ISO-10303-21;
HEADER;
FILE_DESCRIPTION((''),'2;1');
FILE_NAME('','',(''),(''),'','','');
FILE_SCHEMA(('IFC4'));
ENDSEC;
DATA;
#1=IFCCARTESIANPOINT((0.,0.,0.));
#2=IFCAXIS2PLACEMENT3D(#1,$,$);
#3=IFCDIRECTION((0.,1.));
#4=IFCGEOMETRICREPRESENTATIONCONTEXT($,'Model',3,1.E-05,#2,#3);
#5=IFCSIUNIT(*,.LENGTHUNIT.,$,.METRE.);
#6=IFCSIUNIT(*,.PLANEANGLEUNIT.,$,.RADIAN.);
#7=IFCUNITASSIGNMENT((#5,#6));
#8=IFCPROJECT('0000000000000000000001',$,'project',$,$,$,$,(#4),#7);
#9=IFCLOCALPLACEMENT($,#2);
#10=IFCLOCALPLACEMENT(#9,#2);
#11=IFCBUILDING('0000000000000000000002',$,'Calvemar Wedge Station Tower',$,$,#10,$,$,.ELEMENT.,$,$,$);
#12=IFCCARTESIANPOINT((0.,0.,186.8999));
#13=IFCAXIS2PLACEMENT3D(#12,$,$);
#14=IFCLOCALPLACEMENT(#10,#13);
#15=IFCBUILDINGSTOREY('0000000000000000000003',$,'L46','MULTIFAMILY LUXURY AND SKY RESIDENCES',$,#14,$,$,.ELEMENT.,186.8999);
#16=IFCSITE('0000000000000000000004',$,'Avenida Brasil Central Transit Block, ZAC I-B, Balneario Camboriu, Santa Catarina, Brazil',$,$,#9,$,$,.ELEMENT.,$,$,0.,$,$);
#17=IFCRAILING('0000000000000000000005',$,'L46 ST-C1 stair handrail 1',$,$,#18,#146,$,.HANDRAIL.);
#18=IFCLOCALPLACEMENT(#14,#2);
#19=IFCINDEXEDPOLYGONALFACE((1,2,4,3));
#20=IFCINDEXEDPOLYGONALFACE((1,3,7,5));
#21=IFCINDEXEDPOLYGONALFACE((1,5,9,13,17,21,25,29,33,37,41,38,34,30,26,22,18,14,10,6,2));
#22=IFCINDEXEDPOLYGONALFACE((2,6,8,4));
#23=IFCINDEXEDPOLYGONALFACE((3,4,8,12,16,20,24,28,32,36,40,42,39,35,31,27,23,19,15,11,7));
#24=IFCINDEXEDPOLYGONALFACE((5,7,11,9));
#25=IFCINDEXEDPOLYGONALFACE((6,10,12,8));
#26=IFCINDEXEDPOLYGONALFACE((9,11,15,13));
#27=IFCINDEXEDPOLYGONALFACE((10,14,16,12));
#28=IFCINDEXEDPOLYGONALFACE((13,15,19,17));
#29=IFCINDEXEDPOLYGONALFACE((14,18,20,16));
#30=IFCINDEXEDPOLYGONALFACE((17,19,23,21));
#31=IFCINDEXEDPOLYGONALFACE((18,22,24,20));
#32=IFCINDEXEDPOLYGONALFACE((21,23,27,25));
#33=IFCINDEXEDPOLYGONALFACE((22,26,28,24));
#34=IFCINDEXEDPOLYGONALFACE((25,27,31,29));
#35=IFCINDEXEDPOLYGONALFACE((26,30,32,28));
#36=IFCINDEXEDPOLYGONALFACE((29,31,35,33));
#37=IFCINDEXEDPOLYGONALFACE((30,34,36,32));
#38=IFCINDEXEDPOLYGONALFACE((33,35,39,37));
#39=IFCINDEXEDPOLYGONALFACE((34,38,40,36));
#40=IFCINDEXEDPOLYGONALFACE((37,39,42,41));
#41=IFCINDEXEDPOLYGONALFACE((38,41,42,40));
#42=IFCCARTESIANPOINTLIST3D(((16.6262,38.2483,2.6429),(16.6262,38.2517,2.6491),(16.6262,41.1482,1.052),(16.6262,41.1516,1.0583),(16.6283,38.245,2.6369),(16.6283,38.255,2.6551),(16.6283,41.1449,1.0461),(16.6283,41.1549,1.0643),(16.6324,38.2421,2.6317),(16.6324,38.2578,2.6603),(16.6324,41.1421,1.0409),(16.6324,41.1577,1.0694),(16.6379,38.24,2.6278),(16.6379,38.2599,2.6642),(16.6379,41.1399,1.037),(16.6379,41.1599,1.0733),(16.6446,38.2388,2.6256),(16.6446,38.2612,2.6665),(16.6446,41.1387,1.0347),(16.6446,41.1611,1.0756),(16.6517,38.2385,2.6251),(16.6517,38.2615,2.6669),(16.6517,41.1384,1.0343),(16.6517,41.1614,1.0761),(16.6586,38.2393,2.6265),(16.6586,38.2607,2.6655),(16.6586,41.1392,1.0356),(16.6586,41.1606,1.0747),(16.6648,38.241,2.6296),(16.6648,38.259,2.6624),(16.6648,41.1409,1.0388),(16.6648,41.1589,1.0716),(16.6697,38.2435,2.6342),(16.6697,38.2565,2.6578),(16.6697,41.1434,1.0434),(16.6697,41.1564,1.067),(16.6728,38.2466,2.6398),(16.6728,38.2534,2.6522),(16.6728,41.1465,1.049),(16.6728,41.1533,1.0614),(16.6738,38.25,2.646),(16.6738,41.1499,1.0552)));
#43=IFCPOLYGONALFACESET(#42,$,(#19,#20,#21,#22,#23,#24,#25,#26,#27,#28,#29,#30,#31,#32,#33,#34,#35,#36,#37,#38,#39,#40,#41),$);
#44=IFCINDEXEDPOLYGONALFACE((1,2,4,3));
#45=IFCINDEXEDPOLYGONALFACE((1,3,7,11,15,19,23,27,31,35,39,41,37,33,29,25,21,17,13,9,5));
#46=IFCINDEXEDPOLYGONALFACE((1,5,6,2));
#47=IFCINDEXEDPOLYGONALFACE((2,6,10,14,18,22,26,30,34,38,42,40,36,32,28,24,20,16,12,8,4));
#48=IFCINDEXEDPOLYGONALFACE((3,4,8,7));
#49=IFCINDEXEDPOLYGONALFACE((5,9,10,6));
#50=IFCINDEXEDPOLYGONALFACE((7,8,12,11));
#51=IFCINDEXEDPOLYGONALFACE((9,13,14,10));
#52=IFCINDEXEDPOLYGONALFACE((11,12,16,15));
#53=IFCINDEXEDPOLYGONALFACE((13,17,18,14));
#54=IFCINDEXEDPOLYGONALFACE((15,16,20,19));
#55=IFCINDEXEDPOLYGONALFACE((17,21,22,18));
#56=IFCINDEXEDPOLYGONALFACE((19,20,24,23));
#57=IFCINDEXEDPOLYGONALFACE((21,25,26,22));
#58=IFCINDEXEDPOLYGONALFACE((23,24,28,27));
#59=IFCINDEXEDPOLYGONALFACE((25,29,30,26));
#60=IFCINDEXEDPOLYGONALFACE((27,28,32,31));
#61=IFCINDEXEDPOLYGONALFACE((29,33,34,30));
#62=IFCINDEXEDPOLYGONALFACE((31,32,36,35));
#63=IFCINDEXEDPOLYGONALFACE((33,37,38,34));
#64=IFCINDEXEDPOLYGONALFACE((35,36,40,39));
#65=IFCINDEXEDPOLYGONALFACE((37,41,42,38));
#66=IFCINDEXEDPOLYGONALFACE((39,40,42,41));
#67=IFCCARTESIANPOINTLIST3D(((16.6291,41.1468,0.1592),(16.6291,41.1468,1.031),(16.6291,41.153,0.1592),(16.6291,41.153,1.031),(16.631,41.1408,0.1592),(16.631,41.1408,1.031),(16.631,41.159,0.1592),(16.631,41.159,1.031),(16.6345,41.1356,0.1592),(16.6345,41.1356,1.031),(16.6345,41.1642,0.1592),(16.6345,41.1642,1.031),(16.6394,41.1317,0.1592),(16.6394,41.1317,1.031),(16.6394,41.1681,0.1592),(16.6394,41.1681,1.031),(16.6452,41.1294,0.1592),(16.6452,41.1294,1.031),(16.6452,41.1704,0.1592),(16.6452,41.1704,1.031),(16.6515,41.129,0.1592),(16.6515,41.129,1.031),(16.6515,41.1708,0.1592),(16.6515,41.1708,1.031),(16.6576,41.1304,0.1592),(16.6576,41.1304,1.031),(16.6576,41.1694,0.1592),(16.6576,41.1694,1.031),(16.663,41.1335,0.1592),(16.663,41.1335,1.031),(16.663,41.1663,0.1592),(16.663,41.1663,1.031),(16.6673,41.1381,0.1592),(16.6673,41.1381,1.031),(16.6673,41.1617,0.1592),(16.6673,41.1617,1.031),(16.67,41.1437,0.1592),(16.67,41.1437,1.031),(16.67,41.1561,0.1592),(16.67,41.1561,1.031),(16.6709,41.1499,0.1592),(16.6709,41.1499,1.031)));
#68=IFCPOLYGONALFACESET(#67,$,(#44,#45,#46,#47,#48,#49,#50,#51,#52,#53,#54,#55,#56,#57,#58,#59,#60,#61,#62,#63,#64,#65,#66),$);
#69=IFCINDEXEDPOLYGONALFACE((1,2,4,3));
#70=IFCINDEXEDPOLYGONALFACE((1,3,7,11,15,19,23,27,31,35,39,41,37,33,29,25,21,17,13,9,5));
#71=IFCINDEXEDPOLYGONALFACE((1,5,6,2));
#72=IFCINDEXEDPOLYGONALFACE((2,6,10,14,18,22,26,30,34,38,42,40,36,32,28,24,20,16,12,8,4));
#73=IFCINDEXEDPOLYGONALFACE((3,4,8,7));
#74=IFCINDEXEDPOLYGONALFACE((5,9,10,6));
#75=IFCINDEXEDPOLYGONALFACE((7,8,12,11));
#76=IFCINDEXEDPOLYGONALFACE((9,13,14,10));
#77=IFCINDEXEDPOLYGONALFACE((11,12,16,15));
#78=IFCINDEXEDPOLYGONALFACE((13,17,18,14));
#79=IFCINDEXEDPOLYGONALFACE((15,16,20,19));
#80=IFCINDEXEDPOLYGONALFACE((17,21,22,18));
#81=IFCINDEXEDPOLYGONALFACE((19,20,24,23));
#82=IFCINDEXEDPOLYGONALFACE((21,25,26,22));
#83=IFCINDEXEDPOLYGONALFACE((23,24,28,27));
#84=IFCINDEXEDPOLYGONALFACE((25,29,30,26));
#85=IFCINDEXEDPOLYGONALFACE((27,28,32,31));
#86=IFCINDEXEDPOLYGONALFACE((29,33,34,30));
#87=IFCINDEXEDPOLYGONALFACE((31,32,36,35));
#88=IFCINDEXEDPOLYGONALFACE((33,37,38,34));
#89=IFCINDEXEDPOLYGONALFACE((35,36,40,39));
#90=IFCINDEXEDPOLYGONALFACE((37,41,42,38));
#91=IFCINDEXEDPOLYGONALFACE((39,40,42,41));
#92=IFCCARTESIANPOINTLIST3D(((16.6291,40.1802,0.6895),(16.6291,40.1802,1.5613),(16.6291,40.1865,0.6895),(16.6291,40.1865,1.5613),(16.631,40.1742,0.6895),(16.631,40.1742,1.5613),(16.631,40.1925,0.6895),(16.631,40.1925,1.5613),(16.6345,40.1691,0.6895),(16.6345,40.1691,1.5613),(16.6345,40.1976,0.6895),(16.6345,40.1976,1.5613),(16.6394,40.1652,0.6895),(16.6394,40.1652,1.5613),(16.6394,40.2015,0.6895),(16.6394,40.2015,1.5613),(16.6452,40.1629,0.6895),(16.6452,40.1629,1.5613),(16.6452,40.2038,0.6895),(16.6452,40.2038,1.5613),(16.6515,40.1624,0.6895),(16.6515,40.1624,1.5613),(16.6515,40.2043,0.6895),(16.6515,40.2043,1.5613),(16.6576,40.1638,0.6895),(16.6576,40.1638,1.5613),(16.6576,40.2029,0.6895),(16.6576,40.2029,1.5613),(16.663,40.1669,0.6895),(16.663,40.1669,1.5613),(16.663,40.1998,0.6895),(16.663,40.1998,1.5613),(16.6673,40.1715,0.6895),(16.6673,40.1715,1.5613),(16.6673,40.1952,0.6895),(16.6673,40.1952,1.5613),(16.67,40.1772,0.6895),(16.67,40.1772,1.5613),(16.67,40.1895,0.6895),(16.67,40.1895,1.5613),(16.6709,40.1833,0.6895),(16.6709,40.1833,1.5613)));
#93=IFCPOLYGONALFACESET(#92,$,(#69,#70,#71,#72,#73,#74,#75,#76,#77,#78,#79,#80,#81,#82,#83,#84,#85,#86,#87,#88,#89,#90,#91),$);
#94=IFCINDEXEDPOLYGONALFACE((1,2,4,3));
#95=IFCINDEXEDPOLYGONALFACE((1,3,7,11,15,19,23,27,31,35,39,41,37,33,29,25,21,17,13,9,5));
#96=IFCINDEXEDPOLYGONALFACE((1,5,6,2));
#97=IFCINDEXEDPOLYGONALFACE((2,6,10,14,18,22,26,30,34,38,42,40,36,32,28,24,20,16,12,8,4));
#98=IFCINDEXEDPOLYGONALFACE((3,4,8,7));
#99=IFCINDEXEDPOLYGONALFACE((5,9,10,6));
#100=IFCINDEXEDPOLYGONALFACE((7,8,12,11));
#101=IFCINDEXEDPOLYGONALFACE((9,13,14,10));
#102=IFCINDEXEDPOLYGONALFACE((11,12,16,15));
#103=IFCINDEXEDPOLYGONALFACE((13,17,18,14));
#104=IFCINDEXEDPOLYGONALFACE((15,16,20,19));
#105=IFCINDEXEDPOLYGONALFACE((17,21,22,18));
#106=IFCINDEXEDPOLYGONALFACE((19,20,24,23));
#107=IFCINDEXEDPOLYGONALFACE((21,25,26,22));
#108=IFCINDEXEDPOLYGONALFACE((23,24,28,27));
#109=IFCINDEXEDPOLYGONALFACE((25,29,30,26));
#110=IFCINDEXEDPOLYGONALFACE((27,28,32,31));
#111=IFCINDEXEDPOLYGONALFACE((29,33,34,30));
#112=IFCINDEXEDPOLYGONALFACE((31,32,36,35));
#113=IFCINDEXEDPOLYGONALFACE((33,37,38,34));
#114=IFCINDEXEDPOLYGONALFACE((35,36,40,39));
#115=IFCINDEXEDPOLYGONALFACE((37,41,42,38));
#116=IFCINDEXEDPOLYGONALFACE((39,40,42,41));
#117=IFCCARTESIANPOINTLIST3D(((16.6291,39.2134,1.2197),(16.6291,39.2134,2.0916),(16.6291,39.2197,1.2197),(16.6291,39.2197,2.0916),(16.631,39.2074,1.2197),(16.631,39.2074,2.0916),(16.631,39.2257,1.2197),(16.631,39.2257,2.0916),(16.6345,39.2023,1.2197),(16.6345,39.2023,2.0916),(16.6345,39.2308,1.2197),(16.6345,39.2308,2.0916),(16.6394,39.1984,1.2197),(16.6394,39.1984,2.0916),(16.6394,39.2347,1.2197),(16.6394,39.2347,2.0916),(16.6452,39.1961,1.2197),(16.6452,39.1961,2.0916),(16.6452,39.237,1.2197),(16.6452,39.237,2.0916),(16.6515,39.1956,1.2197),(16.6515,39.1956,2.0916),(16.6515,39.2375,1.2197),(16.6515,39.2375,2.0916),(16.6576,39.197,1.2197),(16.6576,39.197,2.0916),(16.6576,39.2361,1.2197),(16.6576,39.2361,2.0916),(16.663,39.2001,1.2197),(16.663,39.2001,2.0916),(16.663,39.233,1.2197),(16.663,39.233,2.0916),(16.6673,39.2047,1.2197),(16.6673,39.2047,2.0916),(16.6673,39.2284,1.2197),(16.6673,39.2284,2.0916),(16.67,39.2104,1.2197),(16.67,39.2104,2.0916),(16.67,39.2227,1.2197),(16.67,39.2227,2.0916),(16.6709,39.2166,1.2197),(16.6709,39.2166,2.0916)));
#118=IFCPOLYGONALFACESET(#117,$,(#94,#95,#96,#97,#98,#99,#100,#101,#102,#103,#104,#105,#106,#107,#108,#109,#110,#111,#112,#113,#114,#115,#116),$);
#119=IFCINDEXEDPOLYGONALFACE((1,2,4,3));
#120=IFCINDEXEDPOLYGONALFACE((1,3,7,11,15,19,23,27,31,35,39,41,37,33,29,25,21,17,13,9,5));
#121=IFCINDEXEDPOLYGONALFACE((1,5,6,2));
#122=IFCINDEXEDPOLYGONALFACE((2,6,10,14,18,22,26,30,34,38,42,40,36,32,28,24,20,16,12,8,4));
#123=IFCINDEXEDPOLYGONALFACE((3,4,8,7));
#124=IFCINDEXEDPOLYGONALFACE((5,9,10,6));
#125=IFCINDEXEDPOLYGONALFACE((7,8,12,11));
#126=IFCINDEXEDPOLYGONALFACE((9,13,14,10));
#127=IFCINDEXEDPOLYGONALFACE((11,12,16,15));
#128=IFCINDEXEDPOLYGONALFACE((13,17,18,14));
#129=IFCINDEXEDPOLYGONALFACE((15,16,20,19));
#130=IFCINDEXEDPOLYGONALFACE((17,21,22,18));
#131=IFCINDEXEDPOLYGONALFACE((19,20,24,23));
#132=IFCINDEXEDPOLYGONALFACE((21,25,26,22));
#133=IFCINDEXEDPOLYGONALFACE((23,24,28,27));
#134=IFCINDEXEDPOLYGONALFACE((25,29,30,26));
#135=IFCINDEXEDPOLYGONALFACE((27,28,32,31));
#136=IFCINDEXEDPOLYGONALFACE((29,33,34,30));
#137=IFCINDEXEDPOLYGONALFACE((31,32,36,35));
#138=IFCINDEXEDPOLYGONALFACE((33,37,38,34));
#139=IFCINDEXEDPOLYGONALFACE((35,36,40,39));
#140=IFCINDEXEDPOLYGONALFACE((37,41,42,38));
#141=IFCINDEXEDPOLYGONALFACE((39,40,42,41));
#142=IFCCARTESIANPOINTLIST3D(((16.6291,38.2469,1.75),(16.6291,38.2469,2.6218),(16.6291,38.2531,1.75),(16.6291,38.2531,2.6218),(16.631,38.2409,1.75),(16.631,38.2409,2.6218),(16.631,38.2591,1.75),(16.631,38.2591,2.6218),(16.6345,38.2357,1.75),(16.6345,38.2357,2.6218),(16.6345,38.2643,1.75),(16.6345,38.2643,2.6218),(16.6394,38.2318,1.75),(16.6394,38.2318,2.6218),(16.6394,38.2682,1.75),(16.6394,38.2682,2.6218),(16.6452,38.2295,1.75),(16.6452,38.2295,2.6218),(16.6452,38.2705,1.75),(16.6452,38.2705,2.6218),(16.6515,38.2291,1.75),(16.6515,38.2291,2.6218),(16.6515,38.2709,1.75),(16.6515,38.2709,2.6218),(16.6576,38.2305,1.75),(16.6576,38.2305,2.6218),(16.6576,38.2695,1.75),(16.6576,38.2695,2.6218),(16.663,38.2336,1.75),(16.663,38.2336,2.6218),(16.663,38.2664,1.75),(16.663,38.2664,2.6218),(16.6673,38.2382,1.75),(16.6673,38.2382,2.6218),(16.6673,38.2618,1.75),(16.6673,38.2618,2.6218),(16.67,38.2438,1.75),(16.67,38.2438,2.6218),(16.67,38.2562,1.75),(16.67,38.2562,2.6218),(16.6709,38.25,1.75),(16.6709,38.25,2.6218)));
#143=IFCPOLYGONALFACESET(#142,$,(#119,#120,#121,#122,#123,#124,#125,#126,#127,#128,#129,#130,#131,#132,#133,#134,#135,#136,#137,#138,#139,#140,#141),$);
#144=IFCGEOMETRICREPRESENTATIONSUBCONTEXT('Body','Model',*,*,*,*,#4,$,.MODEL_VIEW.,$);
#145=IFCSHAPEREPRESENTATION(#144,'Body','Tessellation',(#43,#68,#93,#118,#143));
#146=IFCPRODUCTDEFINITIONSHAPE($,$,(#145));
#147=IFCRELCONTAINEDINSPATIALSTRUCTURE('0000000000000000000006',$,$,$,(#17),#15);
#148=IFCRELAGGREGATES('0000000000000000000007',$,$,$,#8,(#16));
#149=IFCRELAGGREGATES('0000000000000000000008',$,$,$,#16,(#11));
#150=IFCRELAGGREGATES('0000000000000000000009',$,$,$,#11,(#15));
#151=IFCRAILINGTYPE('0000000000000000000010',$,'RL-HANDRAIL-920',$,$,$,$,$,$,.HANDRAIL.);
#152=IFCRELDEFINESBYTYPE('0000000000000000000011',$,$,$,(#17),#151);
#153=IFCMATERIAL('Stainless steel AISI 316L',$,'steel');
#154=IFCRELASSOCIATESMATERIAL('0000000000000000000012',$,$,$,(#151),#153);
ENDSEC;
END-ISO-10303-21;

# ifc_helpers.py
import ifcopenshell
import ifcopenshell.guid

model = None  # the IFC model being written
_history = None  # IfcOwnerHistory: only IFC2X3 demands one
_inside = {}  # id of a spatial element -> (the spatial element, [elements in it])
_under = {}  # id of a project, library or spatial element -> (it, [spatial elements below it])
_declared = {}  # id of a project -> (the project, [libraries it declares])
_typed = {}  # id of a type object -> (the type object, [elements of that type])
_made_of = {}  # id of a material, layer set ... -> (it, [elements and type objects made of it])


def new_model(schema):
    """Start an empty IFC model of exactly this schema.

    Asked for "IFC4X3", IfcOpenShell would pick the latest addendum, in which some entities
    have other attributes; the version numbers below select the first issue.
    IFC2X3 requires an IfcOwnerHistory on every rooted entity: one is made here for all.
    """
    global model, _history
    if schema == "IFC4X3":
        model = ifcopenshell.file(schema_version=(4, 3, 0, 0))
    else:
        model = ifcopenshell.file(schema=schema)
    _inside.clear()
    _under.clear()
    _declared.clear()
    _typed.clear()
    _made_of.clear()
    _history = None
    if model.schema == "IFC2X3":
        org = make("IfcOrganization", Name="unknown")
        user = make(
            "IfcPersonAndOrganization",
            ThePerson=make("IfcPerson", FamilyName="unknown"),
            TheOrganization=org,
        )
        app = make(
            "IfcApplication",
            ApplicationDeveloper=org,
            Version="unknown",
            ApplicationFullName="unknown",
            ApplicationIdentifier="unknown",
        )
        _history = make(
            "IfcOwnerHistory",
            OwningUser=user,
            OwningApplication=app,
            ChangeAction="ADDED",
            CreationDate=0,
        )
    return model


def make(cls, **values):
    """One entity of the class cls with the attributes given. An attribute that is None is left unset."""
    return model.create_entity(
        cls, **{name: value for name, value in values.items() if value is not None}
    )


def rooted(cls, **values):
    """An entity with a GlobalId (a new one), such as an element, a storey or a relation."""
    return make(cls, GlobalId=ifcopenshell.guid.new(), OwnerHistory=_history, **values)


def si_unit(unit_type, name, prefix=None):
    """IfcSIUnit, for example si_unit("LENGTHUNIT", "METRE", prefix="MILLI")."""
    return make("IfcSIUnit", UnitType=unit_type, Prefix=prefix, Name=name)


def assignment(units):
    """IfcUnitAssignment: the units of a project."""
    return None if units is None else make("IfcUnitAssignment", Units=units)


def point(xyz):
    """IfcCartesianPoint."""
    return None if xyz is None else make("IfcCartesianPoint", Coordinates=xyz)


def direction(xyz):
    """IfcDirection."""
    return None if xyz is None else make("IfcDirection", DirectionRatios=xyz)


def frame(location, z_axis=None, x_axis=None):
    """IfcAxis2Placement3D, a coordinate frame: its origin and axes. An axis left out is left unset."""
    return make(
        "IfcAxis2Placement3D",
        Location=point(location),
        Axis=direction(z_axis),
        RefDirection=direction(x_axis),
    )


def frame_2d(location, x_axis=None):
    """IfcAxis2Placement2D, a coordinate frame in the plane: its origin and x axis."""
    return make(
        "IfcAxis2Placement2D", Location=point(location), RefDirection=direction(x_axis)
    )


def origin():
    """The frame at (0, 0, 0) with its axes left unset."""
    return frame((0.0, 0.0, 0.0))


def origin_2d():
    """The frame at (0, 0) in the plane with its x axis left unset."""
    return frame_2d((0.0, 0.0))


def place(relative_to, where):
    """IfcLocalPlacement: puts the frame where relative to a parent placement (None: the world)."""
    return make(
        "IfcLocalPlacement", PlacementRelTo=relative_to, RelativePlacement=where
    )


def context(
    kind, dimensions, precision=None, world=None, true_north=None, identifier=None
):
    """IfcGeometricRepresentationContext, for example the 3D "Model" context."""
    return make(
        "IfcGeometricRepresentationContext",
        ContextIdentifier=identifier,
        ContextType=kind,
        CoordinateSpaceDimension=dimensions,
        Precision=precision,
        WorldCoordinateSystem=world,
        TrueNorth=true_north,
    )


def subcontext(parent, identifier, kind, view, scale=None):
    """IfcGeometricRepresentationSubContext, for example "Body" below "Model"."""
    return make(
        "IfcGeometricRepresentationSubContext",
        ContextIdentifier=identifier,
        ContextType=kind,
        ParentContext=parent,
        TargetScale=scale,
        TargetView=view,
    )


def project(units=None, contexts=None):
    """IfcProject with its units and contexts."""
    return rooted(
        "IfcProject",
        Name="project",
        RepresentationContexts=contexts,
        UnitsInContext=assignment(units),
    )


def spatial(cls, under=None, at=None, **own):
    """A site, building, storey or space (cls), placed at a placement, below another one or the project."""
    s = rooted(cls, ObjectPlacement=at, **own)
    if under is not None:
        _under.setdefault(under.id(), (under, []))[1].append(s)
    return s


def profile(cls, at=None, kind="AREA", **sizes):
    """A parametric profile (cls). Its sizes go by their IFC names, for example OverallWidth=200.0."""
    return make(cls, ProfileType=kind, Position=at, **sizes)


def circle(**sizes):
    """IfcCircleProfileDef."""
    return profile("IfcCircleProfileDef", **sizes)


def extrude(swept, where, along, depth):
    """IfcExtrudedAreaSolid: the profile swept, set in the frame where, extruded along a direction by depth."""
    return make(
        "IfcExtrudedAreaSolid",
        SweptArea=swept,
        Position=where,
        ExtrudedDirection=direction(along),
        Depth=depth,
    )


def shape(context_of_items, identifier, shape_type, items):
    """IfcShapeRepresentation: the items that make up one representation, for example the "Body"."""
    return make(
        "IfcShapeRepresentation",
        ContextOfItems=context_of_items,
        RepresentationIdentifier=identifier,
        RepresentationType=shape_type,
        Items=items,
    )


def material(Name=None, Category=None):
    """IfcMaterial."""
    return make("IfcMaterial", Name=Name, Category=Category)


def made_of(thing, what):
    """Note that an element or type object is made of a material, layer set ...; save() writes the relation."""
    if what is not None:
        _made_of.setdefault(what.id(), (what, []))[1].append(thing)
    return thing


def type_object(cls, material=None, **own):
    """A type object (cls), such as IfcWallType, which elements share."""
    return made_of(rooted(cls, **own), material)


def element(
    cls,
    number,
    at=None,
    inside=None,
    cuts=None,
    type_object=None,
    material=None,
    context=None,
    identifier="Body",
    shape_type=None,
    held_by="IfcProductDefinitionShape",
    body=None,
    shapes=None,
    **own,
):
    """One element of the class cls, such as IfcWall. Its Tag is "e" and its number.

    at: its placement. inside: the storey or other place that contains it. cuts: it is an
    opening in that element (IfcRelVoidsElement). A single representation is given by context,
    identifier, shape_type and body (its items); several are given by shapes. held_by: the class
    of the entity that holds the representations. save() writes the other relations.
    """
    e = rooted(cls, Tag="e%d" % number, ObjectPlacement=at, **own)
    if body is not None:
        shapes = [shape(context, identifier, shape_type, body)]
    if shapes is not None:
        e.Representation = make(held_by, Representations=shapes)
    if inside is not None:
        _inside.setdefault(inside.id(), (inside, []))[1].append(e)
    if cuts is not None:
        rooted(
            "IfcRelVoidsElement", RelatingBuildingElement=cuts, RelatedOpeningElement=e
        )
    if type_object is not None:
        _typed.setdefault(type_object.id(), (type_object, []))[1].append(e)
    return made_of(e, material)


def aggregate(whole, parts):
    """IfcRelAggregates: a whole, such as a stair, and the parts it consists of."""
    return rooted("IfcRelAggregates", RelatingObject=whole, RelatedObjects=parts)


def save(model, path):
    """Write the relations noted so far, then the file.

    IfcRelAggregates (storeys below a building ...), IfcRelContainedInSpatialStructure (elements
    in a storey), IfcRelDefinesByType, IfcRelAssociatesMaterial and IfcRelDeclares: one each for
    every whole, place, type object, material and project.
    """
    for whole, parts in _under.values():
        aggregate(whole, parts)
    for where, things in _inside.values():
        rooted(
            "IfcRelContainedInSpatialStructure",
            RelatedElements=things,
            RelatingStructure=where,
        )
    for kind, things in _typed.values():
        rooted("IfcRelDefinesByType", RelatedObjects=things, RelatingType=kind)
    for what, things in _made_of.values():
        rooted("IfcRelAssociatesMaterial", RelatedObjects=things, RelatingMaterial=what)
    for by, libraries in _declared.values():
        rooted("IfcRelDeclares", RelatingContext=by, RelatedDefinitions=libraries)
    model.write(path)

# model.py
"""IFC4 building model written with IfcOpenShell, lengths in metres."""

from ifc_helpers import new_model, si_unit, direction, frame, origin, origin_2d, place, context, subcontext, project, spatial, circle, extrude, material, type_object, element, save


model = new_model("IFC4")

# Units and contexts
model_context = context("Model", 3, precision=1e-05, world=origin(), true_north=direction((0.0, 1.0)))
body_context = subcontext(model_context, "Body", "Model", "MODEL_VIEW")
ifc_project = project(units=[si_unit("LENGTHUNIT", "METRE"), si_unit("PLANEANGLEUNIT", "RADIAN")], contexts=[model_context])

# Site, building, storey
site_placement = place(None, origin())
site = spatial("IfcSite", under=ifc_project, at=site_placement, Name="Avenida Brasil Central Transit Block, ZAC I-B, Balneario Camboriu, Santa Catarina, Brazil", CompositionType="ELEMENT", RefElevation=0.0)
building_placement = place(site_placement, origin())
building = spatial("IfcBuilding", under=site, at=building_placement, Name="Calvemar Wedge Station Tower", CompositionType="ELEMENT")
storey_placement = place(building_placement, frame((0.0, 0.0, 186.8999)))
storey = spatial("IfcBuildingStorey", under=building, at=storey_placement, Name="L46", Description="MULTIFAMILY LUXURY AND SKY RESIDENCES", CompositionType="ELEMENT", Elevation=186.8999)

# Railing
ifc_material_1 = material(Name="Stainless steel AISI 316L", Category="steel")
railing_type_1 = type_object("IfcRailingType", Name="RL-HANDRAIL-920", PredefinedType="HANDRAIL", material=ifc_material_1)
railing_1_placement = place(storey_placement, frame((16.6499, 41.1499, 0.1592)))
element("IfcRailing", 1, at=railing_1_placement, inside=storey, type_object=railing_type_1, Name="L46 ST-C1 stair handrail 1", PredefinedType="HANDRAIL", context=body_context, shape_type="SweptSolid", body=[
    extrude(circle(Radius=0.0239, at=origin_2d()), frame((0.0, 0.0, 0.896), z_axis=(0.0, -0.876742, 0.480961), x_axis=(1.0, 0.0, 0.0)), (0.0, 0.0, 1.0), 3.3076),
    extrude(circle(Radius=0.021, at=origin_2d()), origin(), (0.0, 0.0, 1.0), 0.8718),
    extrude(circle(Radius=0.021, at=origin_2d()), frame((0.0, -0.9666, 0.5303)), (0.0, 0.0, 1.0), 0.8718),
    extrude(circle(Radius=0.021, at=origin_2d()), frame((0.0, -1.9333, 1.0605)), (0.0, 0.0, 1.0), 0.8718),
    extrude(circle(Radius=0.021, at=origin_2d()), frame((0.0, -2.8999, 1.5908)), (0.0, 0.0, 1.0), 0.8718),
])

save(model, "model.ifc")
